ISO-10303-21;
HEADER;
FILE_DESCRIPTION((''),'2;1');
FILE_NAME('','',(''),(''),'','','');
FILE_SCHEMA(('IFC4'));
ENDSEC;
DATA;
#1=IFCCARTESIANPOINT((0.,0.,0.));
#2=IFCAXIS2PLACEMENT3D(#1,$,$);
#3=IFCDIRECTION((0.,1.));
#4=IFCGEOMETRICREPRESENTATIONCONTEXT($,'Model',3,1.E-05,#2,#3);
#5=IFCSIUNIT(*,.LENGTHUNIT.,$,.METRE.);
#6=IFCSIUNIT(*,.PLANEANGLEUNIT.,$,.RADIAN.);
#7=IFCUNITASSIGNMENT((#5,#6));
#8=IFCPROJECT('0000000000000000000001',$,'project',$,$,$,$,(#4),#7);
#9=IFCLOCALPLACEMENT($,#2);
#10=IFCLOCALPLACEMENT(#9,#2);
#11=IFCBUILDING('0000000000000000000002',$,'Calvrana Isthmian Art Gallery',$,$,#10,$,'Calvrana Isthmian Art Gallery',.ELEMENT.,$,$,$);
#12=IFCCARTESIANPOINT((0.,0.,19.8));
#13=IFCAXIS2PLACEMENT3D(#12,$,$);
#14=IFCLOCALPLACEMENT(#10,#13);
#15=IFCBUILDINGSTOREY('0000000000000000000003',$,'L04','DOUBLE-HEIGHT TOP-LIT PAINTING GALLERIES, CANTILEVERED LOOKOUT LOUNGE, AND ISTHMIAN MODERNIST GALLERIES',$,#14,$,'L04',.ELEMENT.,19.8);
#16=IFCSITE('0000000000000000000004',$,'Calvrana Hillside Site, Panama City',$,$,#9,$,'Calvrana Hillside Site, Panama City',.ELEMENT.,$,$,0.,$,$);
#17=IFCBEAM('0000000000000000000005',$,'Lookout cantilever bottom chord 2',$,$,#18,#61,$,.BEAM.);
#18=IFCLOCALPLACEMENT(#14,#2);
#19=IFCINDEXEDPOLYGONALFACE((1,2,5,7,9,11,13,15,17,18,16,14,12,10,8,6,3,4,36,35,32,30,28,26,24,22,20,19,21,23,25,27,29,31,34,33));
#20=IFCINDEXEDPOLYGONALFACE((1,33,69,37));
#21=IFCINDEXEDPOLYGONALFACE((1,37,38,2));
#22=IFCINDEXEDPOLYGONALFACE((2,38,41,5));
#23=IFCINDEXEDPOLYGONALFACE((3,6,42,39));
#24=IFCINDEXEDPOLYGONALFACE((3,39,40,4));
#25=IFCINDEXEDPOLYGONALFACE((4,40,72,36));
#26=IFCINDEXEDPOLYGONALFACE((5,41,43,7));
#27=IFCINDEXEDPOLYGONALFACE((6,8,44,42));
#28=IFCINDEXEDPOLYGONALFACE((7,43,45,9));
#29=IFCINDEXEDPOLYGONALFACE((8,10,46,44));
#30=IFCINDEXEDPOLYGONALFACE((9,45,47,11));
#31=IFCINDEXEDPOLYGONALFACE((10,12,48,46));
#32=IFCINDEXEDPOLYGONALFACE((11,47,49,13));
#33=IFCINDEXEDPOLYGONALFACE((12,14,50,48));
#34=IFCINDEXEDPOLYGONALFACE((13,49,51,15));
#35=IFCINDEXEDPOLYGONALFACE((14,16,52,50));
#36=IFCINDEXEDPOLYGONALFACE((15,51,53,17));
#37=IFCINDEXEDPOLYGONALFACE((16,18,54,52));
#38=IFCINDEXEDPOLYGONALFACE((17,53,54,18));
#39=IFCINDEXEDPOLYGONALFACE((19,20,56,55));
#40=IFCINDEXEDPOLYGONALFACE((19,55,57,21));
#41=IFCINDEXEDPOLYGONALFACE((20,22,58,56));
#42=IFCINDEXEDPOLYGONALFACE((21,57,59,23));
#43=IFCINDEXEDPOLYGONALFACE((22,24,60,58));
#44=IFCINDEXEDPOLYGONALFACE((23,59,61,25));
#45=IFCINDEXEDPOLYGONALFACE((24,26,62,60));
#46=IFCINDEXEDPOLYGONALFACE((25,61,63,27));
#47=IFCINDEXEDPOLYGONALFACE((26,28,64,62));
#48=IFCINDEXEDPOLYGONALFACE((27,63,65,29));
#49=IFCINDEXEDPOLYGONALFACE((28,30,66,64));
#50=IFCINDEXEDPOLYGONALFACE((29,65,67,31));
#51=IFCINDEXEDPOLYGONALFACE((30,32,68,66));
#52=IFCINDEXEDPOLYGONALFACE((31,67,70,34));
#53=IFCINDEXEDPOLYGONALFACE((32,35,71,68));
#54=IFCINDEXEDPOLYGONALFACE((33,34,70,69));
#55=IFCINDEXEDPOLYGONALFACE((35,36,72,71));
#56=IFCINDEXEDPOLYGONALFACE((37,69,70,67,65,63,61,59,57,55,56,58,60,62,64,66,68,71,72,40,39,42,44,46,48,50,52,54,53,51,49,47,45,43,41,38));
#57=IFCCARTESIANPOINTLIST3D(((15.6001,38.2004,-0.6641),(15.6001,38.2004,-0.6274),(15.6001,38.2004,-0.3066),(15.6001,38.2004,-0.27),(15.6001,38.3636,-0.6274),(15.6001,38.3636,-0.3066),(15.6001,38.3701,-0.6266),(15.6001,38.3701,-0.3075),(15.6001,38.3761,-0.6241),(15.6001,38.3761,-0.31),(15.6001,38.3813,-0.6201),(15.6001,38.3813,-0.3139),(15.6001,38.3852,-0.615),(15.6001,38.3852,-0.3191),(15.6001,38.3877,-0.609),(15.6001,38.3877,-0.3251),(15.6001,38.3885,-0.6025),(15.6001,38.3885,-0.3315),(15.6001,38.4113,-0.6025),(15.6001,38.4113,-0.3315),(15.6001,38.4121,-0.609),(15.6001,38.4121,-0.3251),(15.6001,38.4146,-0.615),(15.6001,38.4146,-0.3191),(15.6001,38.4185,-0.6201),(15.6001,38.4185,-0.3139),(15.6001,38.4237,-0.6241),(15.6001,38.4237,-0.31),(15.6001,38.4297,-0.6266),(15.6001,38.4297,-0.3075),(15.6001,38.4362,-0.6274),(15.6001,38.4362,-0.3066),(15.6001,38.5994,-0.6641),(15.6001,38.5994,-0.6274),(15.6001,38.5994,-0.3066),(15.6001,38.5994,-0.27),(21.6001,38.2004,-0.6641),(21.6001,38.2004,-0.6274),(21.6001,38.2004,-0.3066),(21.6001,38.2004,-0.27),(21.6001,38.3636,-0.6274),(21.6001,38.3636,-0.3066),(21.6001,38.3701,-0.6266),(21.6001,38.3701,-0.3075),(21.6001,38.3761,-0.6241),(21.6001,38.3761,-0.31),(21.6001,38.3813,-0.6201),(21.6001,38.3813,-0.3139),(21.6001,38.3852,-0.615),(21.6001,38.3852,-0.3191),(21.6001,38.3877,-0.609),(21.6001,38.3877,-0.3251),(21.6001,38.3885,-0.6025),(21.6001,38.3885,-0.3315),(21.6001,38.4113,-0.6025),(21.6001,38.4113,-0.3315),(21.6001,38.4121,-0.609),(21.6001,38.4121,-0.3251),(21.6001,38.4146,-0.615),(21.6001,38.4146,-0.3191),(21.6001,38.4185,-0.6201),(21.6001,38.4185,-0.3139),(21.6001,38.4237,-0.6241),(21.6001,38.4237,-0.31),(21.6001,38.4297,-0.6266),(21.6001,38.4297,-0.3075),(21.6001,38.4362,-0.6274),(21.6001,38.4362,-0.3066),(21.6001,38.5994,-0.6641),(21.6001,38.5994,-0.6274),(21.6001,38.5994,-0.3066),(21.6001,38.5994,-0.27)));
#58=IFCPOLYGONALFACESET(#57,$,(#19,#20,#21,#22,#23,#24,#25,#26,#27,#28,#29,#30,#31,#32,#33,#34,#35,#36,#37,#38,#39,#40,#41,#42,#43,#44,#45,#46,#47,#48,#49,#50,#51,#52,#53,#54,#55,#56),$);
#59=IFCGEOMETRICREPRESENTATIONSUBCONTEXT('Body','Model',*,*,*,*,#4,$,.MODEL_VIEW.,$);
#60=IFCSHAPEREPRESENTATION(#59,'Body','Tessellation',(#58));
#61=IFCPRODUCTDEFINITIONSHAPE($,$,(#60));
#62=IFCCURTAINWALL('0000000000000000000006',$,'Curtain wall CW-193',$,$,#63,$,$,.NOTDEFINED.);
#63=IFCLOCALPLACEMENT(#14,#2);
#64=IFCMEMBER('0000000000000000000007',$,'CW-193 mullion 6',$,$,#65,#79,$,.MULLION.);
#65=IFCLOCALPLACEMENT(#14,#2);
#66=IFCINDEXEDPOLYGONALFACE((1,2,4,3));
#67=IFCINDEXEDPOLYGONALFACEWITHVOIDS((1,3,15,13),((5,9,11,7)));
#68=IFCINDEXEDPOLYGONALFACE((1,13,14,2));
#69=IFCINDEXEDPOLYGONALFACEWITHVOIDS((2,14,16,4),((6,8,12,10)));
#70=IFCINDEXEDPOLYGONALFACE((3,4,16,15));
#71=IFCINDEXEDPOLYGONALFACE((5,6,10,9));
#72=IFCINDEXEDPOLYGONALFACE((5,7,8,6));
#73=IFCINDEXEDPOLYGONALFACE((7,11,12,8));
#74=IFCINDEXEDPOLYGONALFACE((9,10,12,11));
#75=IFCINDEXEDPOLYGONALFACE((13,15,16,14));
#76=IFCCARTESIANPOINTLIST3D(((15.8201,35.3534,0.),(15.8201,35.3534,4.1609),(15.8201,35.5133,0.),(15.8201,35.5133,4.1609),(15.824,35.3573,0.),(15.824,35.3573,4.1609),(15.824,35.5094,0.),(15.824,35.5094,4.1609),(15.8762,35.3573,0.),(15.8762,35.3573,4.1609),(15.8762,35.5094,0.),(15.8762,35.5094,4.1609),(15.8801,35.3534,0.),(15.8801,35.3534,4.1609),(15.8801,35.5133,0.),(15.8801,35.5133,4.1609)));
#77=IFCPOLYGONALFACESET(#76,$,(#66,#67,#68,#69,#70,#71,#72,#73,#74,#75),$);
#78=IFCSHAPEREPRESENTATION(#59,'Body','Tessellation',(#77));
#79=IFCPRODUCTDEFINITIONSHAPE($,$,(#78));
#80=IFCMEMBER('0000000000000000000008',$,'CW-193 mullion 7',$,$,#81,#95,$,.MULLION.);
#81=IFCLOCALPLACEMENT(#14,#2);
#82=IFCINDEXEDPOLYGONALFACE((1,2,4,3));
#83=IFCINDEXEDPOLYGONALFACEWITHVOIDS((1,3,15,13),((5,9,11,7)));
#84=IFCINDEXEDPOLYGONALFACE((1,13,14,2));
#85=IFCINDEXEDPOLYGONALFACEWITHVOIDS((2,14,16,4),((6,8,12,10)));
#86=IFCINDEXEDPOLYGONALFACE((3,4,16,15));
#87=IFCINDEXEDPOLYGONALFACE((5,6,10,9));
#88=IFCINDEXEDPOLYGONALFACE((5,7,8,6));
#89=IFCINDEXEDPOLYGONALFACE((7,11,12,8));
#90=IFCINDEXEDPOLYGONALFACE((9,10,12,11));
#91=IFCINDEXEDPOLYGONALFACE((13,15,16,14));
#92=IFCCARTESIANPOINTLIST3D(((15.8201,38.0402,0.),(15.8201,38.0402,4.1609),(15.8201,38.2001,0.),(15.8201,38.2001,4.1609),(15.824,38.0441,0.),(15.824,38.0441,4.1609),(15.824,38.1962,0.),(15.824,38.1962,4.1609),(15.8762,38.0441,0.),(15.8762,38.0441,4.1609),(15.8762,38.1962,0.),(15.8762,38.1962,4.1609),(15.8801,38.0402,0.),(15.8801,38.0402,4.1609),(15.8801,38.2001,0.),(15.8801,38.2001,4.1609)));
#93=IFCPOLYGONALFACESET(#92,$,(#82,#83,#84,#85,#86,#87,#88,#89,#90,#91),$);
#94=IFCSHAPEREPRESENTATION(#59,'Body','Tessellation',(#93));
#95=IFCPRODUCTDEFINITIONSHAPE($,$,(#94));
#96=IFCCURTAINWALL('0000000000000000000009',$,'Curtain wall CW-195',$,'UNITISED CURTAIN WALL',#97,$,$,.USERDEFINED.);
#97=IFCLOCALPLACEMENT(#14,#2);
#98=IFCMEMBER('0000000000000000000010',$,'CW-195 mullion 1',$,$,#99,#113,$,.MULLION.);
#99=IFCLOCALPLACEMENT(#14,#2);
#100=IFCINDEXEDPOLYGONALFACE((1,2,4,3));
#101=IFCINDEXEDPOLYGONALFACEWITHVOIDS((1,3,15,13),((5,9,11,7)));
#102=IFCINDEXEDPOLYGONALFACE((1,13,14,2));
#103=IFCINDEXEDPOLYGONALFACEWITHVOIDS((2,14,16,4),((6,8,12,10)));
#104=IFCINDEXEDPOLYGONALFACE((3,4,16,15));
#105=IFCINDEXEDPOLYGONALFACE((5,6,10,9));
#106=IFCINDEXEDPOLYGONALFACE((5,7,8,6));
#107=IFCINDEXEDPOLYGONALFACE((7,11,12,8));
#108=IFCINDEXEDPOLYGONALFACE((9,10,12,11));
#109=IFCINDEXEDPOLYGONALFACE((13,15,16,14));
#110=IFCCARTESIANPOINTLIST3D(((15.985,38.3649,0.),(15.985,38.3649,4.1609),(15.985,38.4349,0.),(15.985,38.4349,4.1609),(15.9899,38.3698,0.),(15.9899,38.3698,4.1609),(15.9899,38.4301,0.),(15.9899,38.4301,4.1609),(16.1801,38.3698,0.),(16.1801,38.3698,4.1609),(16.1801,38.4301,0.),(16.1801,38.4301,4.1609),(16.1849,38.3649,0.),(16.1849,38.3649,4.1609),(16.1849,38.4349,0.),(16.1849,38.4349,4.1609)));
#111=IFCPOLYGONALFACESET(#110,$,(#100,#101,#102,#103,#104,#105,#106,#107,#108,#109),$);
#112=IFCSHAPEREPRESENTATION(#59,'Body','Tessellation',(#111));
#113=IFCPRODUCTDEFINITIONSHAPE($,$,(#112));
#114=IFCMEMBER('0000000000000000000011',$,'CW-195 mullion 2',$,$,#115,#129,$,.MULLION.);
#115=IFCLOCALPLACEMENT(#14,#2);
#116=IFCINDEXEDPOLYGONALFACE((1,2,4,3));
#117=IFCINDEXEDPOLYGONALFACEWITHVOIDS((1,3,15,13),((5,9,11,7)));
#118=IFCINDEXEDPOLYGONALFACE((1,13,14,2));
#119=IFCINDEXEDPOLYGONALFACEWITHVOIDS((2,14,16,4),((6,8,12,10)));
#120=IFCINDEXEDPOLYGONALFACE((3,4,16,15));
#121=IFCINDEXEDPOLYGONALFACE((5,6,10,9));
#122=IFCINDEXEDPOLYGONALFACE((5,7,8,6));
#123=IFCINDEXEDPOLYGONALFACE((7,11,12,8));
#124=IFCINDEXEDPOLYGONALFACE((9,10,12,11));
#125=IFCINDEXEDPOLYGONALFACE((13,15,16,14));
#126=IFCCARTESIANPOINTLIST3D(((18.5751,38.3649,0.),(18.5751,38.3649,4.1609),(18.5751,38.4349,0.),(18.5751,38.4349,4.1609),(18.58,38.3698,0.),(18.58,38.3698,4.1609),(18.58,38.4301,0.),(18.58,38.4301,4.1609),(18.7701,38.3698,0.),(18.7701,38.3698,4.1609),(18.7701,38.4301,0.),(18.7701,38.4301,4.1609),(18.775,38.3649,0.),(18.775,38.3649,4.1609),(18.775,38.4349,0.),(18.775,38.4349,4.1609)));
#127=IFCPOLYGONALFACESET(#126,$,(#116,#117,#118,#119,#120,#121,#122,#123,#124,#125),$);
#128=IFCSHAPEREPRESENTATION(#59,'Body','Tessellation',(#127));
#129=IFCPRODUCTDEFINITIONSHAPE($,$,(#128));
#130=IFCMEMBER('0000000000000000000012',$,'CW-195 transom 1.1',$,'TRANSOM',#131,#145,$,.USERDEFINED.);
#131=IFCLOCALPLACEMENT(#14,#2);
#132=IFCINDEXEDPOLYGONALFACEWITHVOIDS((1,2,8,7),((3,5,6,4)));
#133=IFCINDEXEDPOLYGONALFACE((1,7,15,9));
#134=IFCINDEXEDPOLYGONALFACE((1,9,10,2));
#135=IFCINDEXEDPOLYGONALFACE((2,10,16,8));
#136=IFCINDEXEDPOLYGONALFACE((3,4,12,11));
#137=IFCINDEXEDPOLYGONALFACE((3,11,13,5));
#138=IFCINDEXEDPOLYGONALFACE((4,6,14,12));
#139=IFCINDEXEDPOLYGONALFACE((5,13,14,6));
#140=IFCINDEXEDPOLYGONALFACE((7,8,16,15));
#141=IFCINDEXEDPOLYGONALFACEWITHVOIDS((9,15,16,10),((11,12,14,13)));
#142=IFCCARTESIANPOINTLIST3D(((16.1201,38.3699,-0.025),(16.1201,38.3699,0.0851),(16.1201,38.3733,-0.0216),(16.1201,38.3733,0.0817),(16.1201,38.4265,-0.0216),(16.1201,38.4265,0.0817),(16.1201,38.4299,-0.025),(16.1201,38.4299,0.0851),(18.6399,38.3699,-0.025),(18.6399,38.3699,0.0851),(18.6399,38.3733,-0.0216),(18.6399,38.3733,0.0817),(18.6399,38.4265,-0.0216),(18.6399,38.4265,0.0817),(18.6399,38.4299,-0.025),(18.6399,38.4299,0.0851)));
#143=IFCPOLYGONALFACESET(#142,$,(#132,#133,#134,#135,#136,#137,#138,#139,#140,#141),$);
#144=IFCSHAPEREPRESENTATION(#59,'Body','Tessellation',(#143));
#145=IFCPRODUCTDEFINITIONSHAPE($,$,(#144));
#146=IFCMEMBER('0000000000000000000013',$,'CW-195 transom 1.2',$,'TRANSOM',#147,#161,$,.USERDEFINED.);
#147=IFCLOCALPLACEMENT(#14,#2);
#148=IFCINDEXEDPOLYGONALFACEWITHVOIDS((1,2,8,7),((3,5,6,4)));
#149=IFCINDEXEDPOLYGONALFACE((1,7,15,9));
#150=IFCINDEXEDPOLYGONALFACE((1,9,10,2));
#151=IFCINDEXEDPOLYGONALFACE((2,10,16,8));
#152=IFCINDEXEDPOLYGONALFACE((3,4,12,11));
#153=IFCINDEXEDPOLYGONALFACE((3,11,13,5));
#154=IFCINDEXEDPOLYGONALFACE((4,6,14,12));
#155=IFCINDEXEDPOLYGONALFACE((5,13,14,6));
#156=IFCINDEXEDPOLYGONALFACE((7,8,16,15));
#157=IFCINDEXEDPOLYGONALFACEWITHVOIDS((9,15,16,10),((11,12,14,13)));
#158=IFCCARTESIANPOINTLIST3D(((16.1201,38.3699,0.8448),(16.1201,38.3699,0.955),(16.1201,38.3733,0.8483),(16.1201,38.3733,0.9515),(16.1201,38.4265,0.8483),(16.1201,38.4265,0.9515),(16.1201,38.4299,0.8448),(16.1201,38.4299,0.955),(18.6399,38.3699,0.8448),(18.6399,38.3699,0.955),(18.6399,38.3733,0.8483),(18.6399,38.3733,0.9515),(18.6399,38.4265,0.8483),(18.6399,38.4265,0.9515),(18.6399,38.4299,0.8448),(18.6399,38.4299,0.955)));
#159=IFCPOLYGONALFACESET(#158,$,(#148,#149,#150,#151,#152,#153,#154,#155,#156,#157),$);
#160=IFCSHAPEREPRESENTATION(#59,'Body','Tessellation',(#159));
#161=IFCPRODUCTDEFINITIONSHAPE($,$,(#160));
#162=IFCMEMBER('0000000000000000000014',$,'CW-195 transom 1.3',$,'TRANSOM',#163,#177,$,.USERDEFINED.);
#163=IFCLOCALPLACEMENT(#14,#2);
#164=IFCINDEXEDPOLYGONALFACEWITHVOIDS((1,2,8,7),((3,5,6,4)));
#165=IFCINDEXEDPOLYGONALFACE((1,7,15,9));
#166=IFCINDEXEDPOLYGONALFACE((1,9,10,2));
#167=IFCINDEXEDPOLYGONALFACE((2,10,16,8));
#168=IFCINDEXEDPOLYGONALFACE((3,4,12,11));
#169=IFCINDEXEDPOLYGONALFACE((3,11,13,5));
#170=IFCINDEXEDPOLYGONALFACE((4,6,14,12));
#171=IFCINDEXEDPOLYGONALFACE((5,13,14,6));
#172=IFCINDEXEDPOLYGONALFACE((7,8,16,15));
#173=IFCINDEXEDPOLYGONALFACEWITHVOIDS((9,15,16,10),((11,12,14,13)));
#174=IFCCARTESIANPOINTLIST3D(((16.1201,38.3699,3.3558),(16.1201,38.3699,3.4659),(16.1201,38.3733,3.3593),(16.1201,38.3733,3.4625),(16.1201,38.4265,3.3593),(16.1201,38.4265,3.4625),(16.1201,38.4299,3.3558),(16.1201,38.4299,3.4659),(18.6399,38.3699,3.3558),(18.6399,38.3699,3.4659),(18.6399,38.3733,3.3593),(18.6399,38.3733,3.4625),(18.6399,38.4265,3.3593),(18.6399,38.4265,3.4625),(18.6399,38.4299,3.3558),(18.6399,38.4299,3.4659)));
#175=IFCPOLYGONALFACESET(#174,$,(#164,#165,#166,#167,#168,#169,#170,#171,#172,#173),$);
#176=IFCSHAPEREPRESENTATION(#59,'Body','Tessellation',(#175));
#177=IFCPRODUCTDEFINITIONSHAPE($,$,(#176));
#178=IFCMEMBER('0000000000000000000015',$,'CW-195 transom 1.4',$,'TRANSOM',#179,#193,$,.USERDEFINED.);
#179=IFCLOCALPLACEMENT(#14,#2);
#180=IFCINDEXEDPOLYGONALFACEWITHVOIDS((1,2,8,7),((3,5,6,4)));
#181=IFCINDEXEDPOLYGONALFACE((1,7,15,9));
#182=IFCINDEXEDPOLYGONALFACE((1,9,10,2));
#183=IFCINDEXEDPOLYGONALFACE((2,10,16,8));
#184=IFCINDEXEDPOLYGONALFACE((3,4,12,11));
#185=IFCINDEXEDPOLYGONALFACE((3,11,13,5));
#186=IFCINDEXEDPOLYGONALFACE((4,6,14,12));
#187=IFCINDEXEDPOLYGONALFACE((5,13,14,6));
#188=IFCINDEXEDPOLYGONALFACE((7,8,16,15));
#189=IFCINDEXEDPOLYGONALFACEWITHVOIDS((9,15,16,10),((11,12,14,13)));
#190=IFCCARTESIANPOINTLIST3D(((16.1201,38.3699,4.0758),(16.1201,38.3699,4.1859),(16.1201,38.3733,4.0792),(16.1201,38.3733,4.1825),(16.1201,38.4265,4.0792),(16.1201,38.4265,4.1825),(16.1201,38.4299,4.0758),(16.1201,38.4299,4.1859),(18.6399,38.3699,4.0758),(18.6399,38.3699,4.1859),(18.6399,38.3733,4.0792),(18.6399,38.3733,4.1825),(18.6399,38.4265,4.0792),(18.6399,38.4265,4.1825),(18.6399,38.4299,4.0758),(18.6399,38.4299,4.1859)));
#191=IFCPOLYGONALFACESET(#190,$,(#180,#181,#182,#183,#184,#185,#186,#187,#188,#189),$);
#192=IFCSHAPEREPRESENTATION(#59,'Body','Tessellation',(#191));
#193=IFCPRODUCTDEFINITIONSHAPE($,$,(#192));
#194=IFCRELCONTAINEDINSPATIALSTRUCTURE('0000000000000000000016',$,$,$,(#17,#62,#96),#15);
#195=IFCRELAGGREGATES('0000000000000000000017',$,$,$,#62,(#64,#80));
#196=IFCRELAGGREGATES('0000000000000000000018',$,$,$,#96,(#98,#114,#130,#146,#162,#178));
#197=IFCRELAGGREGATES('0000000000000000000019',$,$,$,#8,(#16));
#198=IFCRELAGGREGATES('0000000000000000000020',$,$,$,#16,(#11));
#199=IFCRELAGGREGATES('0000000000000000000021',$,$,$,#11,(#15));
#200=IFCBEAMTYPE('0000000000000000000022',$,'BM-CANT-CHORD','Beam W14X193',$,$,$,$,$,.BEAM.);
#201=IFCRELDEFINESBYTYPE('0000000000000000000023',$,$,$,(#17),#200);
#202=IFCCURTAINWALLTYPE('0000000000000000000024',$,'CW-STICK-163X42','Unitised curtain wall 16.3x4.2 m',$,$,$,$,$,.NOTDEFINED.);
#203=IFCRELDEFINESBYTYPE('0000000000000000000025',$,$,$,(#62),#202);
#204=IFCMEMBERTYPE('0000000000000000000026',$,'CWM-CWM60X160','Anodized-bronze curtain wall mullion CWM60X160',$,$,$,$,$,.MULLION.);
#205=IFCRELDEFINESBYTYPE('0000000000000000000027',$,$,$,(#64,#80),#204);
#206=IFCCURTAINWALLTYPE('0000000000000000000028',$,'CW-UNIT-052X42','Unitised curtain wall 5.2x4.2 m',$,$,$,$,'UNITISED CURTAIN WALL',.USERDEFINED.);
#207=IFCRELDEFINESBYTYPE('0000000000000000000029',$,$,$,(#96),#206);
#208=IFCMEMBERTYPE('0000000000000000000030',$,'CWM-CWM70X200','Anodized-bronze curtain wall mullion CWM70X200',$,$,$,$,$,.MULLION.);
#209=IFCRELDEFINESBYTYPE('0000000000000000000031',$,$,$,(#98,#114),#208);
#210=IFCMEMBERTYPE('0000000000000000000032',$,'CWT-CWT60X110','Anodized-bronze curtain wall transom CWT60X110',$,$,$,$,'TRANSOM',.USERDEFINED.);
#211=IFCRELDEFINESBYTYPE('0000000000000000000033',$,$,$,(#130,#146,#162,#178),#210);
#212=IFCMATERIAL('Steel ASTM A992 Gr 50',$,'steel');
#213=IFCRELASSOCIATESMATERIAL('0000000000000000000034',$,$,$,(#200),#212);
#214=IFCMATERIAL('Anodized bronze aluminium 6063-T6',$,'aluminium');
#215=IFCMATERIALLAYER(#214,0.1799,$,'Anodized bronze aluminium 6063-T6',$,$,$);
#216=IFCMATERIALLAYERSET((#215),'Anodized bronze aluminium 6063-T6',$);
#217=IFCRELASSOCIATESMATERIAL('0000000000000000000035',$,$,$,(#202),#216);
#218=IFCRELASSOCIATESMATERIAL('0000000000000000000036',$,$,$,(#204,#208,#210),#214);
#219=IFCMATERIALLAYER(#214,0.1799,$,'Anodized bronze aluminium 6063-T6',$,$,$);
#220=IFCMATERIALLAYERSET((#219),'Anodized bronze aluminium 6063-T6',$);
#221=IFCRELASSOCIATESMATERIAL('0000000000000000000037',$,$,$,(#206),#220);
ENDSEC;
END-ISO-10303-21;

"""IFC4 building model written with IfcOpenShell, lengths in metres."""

from ifc_helpers import new_model, si_unit, direction, frame, origin, origin_2d, place, context, subcontext, project, spatial, hollow_rectangle, i_section, extrude, material, layer, layer_set, material_profile, profile_set, type_object, element, aggregate, save


model = new_model("IFC4")

# Units and contexts
model_context = context("Model", 3, precision=1e-05, world=origin(), true_north=direction((0.0, 1.0)))
body_context = subcontext(model_context, "Body", "Model", "MODEL_VIEW")
ifc_project = project(units=[si_unit("LENGTHUNIT", "METRE"), si_unit("PLANEANGLEUNIT", "RADIAN")], contexts=[model_context])

# Site, building, storey
site_placement = place(None, origin())
site = spatial("IfcSite", under=ifc_project, at=site_placement, Name="Calvrana Hillside Site, Panama City", LongName="Calvrana Hillside Site, Panama City", CompositionType="ELEMENT", RefElevation=0.0)
building_placement = place(site_placement, origin())
building = spatial("IfcBuilding", under=site, at=building_placement, Name="Calvrana Isthmian Art Gallery", LongName="Calvrana Isthmian Art Gallery", CompositionType="ELEMENT")
storey_placement = place(building_placement, frame((0.0, 0.0, 19.8)))
storey = spatial("IfcBuildingStorey", under=building, at=storey_placement, Name="L04", Description="DOUBLE-HEIGHT TOP-LIT PAINTING GALLERIES, CANTILEVERED LOOKOUT LOUNGE, AND ISTHMIAN MODERNIST GALLERIES", LongName="L04", CompositionType="ELEMENT", Elevation=19.8)

# Beam
ifc_material_1 = material(Name="Steel ASTM A992 Gr 50", Category="steel")
ifc_material_profile_1 = material_profile(ifc_material_1, i_section(OverallWidth=0.3989, OverallDepth=0.394, WebThickness=0.0227, FlangeThickness=0.0366, FilletRadius=0.0249, at=origin_2d()), Name="W14X193")
ifc_profile_set_1 = profile_set([ifc_material_profile_1], Name="Steel ASTM A992 Gr 50")
beam_type = type_object("IfcBeamType", Name="BM-CANT-CHORD", Description="Beam W14X193", PredefinedType="BEAM", material=ifc_profile_set_1)
beam_placement = place(storey_placement, frame((15.6001, 38.3999, -0.467), z_axis=(1.0, 0.0, 0.0), x_axis=(0.0, 1.0, 0.0)))
element("IfcBeam", 1, at=beam_placement, inside=storey, type_object=beam_type, Name="Lookout cantilever bottom chord 2", PredefinedType="BEAM", context=body_context, shape_type="SweptSolid", body=[
    extrude(i_section(OverallWidth=0.3989, OverallDepth=0.394, WebThickness=0.0227, FlangeThickness=0.0366, FilletRadius=0.0249, at=origin_2d()), origin(), (0.0, 0.0, 1.0), 6.0),
])

# Curtain walls, members
ifc_material_2 = material(Name="Anodized bronze aluminium 6063-T6", Category="aluminium")
ifc_layer_1 = layer(ifc_material_2, 0.1799, Name="Anodized bronze aluminium 6063-T6")
ifc_layer_set_1 = layer_set([ifc_layer_1], Name="Anodized bronze aluminium 6063-T6")
curtain_wall_type_1 = type_object("IfcCurtainWallType", Name="CW-STICK-163X42", Description="Unitised curtain wall 16.3x4.2 m", PredefinedType="NOTDEFINED", material=ifc_layer_set_1)
curtain_wall_1_placement = place(storey_placement, origin())
curtain_wall_1 = element("IfcCurtainWall", 2, at=curtain_wall_1_placement, inside=storey, type_object=curtain_wall_type_1, Name="Curtain wall CW-193", PredefinedType="NOTDEFINED")
ifc_material_profile_2 = material_profile(ifc_material_2, hollow_rectangle(XDim=0.0601, YDim=0.1599, WallThickness=0.0039, at=origin_2d()), Name="CWM60X160")
ifc_profile_set_2 = profile_set([ifc_material_profile_2], Name="Anodized bronze aluminium 6063-T6")
member_type_1 = type_object("IfcMemberType", Name="CWM-CWM60X160", Description="Anodized-bronze curtain wall mullion CWM60X160", PredefinedType="MULLION", material=ifc_profile_set_2)
member_1_placement = place(storey_placement, frame((15.8501, 35.4333, 0.0), z_axis=(0.0, 0.0, 1.0), x_axis=(-1.0, 0.0, 0.0)))
member_1 = element("IfcMember", 3, at=member_1_placement, type_object=member_type_1, Name="CW-193 mullion 6", PredefinedType="MULLION", context=body_context, shape_type="SweptSolid", body=[
    extrude(hollow_rectangle(XDim=0.0601, YDim=0.1599, WallThickness=0.0039, at=origin_2d()), origin(), (0.0, 0.0, 1.0), 4.1609),
])
member_2_placement = place(storey_placement, frame((15.8501, 38.1201, 0.0), z_axis=(0.0, 0.0, 1.0), x_axis=(-1.0, 0.0, 0.0)))
member_2 = element("IfcMember", 4, at=member_2_placement, type_object=member_type_1, Name="CW-193 mullion 7", PredefinedType="MULLION", context=body_context, shape_type="SweptSolid", body=[
    extrude(hollow_rectangle(XDim=0.0601, YDim=0.1599, WallThickness=0.0039, at=origin_2d()), origin(), (0.0, 0.0, 1.0), 4.1609),
])
ifc_layer_2 = layer(ifc_material_2, 0.1799, Name="Anodized bronze aluminium 6063-T6")
ifc_layer_set_2 = layer_set([ifc_layer_2], Name="Anodized bronze aluminium 6063-T6")
curtain_wall_type_2 = type_object("IfcCurtainWallType", Name="CW-UNIT-052X42", Description="Unitised curtain wall 5.2x4.2 m", ElementType="UNITISED CURTAIN WALL", PredefinedType="USERDEFINED", material=ifc_layer_set_2)
curtain_wall_2_placement = place(storey_placement, origin())
curtain_wall_2 = element("IfcCurtainWall", 5, at=curtain_wall_2_placement, inside=storey, type_object=curtain_wall_type_2, Name="Curtain wall CW-195", ObjectType="UNITISED CURTAIN WALL", PredefinedType="USERDEFINED")
ifc_material_profile_3 = material_profile(ifc_material_2, hollow_rectangle(XDim=0.0701, YDim=0.2, WallThickness=0.0049, at=origin_2d()), Name="CWM70X200")
ifc_profile_set_3 = profile_set([ifc_material_profile_3], Name="Anodized bronze aluminium 6063-T6")
member_type_2 = type_object("IfcMemberType", Name="CWM-CWM70X200", Description="Anodized-bronze curtain wall mullion CWM70X200", PredefinedType="MULLION", material=ifc_profile_set_3)
member_3_placement = place(storey_placement, frame((16.085, 38.3999, 0.0), z_axis=(0.0, 0.0, 1.0), x_axis=(0.0, 1.0, 0.0)))
member_3 = element("IfcMember", 6, at=member_3_placement, type_object=member_type_2, Name="CW-195 mullion 1", PredefinedType="MULLION", context=body_context, shape_type="SweptSolid", body=[
    extrude(hollow_rectangle(XDim=0.0701, YDim=0.2, WallThickness=0.0049, at=origin_2d()), origin(), (0.0, 0.0, 1.0), 4.1609),
])
member_4_placement = place(storey_placement, frame((18.675, 38.3999, 0.0), z_axis=(0.0, 0.0, 1.0), x_axis=(0.0, 1.0, 0.0)))
member_4 = element("IfcMember", 7, at=member_4_placement, type_object=member_type_2, Name="CW-195 mullion 2", PredefinedType="MULLION", context=body_context, shape_type="SweptSolid", body=[
    extrude(hollow_rectangle(XDim=0.0701, YDim=0.2, WallThickness=0.0049, at=origin_2d()), origin(), (0.0, 0.0, 1.0), 4.1609),
])
ifc_material_profile_4 = material_profile(ifc_material_2, hollow_rectangle(XDim=0.0601, YDim=0.1101, WallThickness=0.0034, at=origin_2d()), Name="CWT60X110")
ifc_profile_set_4 = profile_set([ifc_material_profile_4], Name="Anodized bronze aluminium 6063-T6")
member_type_3 = type_object("IfcMemberType", Name="CWT-CWT60X110", Description="Anodized-bronze curtain wall transom CWT60X110", ElementType="TRANSOM", PredefinedType="USERDEFINED", material=ifc_profile_set_4)
member_5_placement = place(storey_placement, frame((16.1201, 38.3999, 0.03), z_axis=(1.0, 0.0, 0.0), x_axis=(0.0, 1.0, 0.0)))
member_5 = element("IfcMember", 8, at=member_5_placement, type_object=member_type_3, Name="CW-195 transom 1.1", ObjectType="TRANSOM", PredefinedType="USERDEFINED", context=body_context, shape_type="SweptSolid", body=[
    extrude(hollow_rectangle(XDim=0.0601, YDim=0.1101, WallThickness=0.0034, at=origin_2d()), origin(), (0.0, 0.0, 1.0), 2.5198),
])
member_6_placement = place(storey_placement, frame((16.1201, 38.3999, 0.8999), z_axis=(1.0, 0.0, 0.0), x_axis=(0.0, 1.0, 0.0)))
member_6 = element("IfcMember", 9, at=member_6_placement, type_object=member_type_3, Name="CW-195 transom 1.2", ObjectType="TRANSOM", PredefinedType="USERDEFINED", context=body_context, shape_type="SweptSolid", body=[
    extrude(hollow_rectangle(XDim=0.0601, YDim=0.1101, WallThickness=0.0034, at=origin_2d()), origin(), (0.0, 0.0, 1.0), 2.5198),
])
member_7_placement = place(storey_placement, frame((16.1201, 38.3999, 3.4109), z_axis=(1.0, 0.0, 0.0), x_axis=(0.0, 1.0, 0.0)))
member_7 = element("IfcMember", 10, at=member_7_placement, type_object=member_type_3, Name="CW-195 transom 1.3", ObjectType="TRANSOM", PredefinedType="USERDEFINED", context=body_context, shape_type="SweptSolid", body=[
    extrude(hollow_rectangle(XDim=0.0601, YDim=0.1101, WallThickness=0.0034, at=origin_2d()), origin(), (0.0, 0.0, 1.0), 2.5198),
])
member_8_placement = place(storey_placement, frame((16.1201, 38.3999, 4.1309), z_axis=(1.0, 0.0, 0.0), x_axis=(0.0, 1.0, 0.0)))
member_8 = element("IfcMember", 11, at=member_8_placement, type_object=member_type_3, Name="CW-195 transom 1.4", ObjectType="TRANSOM", PredefinedType="USERDEFINED", context=body_context, shape_type="SweptSolid", body=[
    extrude(hollow_rectangle(XDim=0.0601, YDim=0.1101, WallThickness=0.0034, at=origin_2d()), origin(), (0.0, 0.0, 1.0), 2.5198),
])

aggregate(curtain_wall_1, [member_1, member_2])
aggregate(curtain_wall_2, [member_3, member_4, member_5, member_6, member_7, member_8])

save(model, "model.ifc")
